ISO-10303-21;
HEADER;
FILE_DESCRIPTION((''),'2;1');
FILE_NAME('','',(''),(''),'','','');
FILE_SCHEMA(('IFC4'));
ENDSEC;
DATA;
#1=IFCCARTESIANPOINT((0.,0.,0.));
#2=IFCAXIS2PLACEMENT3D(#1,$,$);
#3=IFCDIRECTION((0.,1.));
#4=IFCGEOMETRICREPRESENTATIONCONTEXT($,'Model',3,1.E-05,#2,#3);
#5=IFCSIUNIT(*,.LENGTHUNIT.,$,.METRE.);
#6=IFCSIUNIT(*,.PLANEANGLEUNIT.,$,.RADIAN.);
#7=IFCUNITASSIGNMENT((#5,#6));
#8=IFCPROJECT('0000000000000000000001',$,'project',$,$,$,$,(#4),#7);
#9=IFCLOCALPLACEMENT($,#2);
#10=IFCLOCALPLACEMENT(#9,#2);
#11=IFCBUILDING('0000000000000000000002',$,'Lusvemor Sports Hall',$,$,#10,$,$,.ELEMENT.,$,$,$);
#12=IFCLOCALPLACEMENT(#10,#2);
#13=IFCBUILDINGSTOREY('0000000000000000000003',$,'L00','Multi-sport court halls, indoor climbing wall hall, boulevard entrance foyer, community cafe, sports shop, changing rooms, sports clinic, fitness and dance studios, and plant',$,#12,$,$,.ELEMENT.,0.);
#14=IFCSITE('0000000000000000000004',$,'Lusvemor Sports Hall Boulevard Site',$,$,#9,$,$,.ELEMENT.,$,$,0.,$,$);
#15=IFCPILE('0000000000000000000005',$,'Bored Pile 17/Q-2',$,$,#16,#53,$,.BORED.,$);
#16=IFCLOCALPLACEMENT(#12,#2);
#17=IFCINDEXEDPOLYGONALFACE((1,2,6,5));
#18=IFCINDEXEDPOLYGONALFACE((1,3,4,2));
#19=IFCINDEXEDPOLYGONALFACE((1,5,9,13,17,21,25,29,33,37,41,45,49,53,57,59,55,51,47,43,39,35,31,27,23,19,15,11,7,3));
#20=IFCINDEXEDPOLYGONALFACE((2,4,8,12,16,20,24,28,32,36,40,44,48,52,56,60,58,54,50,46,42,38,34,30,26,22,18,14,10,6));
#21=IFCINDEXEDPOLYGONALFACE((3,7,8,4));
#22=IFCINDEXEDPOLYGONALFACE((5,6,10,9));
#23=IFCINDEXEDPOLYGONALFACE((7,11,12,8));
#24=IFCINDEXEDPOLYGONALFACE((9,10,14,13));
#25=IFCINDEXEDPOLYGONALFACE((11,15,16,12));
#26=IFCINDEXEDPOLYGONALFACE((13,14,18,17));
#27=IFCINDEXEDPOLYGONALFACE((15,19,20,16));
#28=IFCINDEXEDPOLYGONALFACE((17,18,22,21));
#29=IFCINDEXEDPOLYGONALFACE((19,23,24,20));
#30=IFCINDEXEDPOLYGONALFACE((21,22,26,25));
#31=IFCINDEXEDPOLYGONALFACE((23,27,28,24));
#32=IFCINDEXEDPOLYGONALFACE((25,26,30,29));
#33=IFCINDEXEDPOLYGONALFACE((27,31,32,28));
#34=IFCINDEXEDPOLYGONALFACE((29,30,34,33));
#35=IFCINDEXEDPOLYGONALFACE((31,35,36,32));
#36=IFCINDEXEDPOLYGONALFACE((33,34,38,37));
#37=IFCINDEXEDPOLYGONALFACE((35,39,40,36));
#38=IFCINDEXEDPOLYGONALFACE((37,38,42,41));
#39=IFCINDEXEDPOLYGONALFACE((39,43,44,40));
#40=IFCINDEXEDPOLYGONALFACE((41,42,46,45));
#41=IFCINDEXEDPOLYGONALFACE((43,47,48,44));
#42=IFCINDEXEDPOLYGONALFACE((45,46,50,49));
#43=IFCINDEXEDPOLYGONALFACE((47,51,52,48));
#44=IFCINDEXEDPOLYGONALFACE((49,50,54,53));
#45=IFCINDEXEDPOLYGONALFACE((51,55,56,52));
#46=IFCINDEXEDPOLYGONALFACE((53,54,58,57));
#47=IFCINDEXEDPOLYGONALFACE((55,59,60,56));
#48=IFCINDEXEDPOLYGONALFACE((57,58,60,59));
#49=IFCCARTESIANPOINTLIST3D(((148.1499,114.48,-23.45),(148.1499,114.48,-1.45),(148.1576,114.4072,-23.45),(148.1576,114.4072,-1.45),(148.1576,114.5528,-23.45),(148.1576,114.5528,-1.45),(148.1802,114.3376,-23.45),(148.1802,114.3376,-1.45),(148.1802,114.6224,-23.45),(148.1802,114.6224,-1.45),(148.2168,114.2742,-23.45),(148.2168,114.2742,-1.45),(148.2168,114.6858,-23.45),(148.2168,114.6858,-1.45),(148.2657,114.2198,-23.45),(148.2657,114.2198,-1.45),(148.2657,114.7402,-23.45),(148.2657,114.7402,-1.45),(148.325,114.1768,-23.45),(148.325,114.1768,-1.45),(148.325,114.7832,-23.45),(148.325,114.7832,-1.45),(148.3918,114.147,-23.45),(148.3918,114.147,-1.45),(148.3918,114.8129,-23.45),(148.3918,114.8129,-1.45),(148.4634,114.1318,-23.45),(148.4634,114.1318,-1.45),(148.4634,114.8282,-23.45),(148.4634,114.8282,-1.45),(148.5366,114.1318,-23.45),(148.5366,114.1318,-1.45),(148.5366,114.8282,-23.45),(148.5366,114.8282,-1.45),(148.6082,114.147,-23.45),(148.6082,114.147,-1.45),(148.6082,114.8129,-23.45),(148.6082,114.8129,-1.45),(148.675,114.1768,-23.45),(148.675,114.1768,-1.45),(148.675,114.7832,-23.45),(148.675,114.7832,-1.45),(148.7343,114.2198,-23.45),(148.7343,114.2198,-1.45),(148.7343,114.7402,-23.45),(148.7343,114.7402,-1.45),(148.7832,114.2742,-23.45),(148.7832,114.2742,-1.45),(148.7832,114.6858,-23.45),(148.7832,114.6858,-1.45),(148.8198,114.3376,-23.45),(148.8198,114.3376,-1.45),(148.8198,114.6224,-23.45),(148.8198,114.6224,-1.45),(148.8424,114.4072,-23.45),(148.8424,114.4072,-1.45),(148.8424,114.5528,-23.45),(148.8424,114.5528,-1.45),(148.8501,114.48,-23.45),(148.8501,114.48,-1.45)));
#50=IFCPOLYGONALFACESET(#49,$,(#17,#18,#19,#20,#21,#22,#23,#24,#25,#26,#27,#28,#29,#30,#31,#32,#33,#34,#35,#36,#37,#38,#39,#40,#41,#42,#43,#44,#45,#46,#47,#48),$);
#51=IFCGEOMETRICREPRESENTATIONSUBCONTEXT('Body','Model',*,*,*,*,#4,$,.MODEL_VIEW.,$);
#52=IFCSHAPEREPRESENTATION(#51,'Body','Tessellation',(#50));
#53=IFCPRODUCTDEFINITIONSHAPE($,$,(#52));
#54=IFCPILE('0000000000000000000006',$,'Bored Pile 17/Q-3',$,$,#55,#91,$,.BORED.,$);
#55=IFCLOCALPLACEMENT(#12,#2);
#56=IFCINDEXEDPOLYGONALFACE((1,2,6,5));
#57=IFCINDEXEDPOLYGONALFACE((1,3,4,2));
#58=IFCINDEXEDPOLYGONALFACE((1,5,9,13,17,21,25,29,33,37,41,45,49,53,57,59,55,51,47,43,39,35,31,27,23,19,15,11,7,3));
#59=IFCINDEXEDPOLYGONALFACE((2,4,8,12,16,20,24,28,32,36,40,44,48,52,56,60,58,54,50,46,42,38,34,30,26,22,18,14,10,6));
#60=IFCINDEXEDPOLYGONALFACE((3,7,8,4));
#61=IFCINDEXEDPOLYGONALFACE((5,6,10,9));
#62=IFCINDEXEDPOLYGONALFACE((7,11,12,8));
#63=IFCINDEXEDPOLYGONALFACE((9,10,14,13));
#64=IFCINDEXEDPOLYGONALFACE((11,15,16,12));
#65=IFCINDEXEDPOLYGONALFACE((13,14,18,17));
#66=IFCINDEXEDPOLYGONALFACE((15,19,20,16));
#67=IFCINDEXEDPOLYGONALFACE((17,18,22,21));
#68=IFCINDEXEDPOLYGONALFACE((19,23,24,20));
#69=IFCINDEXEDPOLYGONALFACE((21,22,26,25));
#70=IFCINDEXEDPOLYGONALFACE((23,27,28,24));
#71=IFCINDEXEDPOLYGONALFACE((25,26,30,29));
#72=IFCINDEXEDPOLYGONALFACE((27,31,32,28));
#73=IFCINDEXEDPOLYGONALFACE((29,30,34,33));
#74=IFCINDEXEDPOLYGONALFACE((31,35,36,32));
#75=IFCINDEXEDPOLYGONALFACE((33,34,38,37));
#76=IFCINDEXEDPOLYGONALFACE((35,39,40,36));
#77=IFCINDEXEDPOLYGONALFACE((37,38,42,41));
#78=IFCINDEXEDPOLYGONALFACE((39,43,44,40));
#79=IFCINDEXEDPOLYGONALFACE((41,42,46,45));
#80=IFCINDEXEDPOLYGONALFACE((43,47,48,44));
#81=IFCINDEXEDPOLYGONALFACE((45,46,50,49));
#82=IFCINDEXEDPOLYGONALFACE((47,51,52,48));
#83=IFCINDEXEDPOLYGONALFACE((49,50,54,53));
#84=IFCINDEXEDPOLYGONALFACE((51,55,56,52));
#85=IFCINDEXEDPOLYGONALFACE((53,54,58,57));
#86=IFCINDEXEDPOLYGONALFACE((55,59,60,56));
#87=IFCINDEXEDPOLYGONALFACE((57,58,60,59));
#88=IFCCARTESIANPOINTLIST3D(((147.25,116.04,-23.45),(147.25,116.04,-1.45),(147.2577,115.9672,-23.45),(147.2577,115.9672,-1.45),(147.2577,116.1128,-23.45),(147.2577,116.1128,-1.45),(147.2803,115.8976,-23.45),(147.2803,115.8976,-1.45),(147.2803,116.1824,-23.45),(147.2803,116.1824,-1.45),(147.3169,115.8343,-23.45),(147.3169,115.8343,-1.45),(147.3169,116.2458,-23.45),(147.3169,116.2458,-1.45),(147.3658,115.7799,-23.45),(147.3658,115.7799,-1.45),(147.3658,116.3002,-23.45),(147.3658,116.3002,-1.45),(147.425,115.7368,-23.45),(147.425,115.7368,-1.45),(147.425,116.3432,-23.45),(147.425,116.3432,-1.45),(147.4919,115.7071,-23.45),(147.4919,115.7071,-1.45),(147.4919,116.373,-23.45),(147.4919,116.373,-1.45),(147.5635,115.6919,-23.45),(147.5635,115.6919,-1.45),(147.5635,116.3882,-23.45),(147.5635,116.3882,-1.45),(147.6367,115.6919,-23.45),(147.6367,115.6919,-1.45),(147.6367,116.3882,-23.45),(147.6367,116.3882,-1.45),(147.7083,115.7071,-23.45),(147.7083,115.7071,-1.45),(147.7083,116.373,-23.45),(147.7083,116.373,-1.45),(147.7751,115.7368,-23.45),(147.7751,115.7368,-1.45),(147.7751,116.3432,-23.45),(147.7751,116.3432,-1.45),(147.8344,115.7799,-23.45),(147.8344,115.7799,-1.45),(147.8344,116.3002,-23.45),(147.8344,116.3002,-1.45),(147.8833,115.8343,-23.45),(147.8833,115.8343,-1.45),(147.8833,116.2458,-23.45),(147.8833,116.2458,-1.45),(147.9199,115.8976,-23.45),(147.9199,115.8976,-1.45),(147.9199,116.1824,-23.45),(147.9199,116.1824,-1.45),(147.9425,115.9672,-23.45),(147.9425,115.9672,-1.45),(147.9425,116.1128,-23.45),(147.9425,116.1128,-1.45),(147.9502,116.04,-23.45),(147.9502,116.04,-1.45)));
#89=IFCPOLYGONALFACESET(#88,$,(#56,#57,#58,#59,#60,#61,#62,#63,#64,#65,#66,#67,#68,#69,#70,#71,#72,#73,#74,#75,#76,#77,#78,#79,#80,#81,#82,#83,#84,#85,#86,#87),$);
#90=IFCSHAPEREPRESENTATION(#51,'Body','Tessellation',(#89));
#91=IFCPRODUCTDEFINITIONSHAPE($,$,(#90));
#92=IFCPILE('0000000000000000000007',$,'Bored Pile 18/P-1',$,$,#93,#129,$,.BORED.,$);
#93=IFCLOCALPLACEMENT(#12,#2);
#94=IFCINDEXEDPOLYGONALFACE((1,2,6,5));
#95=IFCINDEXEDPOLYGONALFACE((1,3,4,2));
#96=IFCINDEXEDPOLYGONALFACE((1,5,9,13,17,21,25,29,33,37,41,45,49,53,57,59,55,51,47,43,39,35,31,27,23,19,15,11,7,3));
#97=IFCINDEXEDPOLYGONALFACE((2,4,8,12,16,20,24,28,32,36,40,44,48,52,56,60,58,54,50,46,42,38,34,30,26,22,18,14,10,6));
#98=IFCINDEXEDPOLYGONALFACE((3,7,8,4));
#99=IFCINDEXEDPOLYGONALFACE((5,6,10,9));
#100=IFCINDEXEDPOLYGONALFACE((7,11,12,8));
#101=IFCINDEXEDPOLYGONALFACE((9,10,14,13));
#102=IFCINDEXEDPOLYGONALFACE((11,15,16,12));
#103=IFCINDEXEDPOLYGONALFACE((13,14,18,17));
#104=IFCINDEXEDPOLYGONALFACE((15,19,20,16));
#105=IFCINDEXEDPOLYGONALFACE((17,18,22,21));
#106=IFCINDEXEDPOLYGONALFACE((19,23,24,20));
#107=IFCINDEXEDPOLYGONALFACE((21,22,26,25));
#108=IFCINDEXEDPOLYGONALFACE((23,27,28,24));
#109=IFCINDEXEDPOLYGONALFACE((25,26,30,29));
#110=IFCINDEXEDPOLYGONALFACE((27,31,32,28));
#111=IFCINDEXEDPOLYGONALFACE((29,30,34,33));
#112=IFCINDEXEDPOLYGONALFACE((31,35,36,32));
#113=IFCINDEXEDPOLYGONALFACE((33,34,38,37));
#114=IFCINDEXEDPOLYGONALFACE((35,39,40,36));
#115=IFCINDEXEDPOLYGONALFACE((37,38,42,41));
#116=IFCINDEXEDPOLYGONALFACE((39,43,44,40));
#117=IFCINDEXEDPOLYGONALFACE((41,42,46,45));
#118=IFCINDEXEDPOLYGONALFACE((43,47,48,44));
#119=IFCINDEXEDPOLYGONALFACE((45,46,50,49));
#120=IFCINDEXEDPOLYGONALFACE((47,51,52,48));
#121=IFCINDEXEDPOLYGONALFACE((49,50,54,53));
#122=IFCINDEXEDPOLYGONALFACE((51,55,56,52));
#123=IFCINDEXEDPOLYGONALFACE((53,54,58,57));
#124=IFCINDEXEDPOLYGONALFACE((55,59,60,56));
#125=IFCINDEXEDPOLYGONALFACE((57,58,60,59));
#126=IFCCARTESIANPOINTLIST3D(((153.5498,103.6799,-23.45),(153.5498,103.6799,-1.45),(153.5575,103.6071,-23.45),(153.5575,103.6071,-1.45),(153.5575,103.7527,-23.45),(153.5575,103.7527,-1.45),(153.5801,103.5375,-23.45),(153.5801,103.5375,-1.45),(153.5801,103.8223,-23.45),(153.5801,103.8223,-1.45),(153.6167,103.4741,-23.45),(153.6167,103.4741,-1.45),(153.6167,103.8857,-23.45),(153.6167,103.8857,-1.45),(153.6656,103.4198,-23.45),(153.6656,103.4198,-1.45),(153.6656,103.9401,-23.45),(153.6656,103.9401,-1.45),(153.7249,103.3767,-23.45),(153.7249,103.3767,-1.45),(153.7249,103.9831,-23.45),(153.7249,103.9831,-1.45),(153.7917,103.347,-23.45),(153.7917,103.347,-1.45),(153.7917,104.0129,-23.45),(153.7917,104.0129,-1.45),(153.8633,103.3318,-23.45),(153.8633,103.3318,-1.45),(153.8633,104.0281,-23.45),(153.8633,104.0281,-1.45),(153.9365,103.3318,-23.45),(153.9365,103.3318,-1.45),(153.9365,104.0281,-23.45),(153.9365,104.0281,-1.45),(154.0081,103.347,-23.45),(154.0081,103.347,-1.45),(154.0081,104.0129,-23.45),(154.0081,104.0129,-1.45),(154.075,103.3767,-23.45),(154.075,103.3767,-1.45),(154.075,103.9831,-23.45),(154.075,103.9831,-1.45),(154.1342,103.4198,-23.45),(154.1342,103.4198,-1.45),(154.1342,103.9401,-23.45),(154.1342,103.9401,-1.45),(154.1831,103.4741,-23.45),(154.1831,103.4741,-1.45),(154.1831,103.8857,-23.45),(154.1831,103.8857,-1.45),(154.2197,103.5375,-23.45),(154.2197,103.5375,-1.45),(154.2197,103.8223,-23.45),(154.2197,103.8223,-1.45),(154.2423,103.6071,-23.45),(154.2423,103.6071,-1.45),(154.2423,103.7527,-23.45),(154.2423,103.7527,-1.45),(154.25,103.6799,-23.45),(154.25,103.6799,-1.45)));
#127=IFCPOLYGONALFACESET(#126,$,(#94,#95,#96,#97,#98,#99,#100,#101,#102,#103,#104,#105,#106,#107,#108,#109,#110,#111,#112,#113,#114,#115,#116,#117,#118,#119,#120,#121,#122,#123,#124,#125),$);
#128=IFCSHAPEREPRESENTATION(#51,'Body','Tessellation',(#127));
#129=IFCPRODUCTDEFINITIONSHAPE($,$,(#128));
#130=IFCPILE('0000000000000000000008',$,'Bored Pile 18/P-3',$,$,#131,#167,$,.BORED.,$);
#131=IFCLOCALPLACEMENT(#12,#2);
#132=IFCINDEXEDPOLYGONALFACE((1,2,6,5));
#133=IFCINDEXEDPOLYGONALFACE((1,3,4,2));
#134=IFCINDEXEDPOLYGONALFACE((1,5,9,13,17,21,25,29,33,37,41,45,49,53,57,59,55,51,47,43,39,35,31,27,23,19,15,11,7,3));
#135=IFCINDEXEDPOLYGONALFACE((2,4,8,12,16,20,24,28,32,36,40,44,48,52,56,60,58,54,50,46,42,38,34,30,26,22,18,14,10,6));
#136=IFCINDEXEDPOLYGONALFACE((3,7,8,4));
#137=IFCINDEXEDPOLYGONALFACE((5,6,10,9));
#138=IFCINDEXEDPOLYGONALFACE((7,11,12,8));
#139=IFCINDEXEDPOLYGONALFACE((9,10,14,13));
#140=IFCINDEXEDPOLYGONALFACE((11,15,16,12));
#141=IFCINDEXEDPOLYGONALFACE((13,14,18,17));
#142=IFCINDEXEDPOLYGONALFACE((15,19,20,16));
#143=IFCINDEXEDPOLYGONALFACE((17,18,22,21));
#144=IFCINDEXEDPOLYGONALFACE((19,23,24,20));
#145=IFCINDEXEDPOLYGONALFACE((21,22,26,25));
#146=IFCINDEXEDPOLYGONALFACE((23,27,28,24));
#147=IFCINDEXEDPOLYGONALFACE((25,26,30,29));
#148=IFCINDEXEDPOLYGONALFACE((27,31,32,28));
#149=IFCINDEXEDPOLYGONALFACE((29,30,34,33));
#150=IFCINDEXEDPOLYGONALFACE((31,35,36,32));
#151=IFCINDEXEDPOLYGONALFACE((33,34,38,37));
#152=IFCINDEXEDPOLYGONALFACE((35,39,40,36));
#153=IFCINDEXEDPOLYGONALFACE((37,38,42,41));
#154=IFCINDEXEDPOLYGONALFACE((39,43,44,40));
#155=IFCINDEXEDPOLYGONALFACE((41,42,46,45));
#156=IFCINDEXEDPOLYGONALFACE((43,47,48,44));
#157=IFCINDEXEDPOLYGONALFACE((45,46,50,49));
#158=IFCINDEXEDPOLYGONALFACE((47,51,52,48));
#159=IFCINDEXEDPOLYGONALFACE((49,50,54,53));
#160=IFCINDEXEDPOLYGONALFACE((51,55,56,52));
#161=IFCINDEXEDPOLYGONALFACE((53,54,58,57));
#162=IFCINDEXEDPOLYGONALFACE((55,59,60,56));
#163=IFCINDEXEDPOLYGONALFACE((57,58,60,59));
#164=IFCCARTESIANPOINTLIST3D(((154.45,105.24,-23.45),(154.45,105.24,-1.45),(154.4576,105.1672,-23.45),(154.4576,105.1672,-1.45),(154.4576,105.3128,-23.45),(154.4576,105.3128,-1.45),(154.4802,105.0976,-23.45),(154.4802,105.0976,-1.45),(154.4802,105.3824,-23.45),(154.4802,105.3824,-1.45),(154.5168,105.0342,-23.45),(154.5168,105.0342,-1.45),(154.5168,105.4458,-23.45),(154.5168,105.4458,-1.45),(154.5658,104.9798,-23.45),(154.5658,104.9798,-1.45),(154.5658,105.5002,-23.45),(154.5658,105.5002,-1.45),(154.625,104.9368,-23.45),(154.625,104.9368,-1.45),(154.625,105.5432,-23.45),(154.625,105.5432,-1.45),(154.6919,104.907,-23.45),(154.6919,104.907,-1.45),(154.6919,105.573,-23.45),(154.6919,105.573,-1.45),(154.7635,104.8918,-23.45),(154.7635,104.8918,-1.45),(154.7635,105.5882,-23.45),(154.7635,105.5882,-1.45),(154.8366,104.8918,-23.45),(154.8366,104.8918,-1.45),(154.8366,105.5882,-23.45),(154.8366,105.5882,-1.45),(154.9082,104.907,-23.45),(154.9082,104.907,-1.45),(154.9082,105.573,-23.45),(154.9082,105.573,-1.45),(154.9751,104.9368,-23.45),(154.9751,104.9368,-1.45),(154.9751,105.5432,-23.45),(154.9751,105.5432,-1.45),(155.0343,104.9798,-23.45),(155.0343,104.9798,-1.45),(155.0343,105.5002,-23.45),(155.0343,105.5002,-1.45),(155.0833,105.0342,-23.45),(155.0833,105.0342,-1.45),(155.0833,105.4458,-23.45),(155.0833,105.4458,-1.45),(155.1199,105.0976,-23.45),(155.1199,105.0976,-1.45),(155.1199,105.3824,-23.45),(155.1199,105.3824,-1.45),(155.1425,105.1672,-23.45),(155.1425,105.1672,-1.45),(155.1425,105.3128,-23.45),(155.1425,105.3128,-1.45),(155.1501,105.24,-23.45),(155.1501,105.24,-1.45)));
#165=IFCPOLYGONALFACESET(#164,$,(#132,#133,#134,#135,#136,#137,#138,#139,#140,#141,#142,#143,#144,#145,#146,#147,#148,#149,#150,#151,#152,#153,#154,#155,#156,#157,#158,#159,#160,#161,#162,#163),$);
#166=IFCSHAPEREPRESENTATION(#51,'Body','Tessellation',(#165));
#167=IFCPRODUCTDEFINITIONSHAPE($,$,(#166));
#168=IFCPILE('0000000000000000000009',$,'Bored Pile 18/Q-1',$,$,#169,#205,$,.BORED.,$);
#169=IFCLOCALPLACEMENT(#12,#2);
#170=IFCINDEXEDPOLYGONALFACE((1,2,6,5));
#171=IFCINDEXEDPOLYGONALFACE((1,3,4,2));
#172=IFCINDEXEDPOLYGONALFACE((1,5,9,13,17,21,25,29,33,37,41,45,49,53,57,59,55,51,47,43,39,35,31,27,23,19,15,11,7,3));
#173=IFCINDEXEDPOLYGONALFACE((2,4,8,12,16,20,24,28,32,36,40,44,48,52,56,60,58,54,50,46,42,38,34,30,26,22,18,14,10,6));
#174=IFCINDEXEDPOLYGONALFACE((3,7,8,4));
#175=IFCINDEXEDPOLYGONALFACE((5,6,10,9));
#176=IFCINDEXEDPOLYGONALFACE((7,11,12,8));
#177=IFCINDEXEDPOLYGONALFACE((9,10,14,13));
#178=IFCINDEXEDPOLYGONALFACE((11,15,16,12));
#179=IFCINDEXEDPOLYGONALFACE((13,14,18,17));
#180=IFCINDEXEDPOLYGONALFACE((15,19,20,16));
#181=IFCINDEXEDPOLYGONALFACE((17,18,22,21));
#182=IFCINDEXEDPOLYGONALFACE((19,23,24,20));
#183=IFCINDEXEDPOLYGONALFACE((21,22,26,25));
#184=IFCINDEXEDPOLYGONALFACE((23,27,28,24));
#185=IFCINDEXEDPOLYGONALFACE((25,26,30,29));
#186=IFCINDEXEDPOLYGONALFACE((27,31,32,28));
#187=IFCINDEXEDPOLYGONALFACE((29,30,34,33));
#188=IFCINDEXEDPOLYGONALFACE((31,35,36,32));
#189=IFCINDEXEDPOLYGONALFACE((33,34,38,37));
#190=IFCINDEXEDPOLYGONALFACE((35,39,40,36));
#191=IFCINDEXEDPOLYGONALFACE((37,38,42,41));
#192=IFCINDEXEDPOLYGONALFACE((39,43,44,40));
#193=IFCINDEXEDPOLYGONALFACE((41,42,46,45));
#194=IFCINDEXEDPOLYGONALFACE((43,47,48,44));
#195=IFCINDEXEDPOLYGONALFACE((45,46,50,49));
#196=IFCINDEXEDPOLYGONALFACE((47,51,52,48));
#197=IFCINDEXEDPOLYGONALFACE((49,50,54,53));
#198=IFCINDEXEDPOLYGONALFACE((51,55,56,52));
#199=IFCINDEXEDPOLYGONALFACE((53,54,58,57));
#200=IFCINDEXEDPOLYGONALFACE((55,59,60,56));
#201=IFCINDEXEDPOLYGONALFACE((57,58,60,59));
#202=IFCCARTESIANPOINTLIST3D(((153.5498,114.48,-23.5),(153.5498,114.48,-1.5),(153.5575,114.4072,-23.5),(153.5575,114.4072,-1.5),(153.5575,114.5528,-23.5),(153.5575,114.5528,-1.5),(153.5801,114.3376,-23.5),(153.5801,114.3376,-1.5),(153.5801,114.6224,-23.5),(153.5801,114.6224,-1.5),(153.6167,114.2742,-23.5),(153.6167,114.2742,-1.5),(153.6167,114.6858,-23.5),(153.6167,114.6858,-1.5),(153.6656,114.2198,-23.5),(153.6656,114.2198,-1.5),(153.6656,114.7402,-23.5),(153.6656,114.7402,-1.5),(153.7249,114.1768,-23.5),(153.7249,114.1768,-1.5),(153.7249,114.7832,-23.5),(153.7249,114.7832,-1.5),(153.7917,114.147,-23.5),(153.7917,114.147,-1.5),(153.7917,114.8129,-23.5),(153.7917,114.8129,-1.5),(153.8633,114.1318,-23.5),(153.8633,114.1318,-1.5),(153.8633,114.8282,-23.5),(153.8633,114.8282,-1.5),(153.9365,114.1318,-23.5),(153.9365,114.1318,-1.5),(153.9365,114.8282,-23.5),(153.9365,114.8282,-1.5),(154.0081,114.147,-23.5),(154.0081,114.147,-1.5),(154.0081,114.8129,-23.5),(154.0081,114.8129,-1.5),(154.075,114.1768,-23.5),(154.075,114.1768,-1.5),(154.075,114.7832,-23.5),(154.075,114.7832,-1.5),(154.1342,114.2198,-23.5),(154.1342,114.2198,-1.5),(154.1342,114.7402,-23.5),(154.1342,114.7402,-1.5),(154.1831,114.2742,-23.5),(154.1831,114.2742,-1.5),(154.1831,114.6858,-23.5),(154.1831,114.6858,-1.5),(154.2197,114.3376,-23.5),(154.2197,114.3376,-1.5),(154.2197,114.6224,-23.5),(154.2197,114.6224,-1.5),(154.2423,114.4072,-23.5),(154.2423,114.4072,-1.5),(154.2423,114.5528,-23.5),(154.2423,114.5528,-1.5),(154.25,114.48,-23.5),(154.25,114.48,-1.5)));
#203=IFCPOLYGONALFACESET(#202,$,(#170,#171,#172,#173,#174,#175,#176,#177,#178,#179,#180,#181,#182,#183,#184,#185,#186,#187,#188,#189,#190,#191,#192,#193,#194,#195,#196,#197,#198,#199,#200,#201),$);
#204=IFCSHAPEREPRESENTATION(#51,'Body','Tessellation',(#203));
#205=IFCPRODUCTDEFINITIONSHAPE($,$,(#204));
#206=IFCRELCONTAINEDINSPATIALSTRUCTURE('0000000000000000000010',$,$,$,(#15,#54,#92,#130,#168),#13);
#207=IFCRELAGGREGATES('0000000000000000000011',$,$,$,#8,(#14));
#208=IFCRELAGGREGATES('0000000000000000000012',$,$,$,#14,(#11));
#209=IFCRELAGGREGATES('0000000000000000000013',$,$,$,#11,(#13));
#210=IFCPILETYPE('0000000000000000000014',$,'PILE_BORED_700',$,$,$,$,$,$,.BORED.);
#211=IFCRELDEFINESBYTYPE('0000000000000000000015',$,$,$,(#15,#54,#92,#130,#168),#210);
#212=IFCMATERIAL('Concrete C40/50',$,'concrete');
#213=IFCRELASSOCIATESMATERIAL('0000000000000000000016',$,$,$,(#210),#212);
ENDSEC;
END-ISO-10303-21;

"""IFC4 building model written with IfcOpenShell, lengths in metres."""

from ifc_helpers import new_model, si_unit, direction, frame, origin, origin_2d, place, context, subcontext, project, spatial, circle, extrude, material, material_profile, profile_set, type_object, element, save


model = new_model("IFC4")

# Units and contexts
model_context = context("Model", 3, precision=1e-05, world=origin(), true_north=direction((0.0, 1.0)))
body_context = subcontext(model_context, "Body", "Model", "MODEL_VIEW")
ifc_project = project(units=[si_unit("LENGTHUNIT", "METRE"), si_unit("PLANEANGLEUNIT", "RADIAN")], contexts=[model_context])

# Site, building, storey
site_placement = place(None, origin())
site = spatial("IfcSite", under=ifc_project, at=site_placement, Name="Lusvemor Sports Hall Boulevard Site", CompositionType="ELEMENT", RefElevation=0.0)
building_placement = place(site_placement, origin())
building = spatial("IfcBuilding", under=site, at=building_placement, Name="Lusvemor Sports Hall", CompositionType="ELEMENT")
storey_placement = place(building_placement, origin())
storey = spatial("IfcBuildingStorey", under=building, at=storey_placement, Name="L00", Description="Multi-sport court halls, indoor climbing wall hall, boulevard entrance foyer, community cafe, sports shop, changing rooms, sports clinic, fitness and dance studios, and plant", CompositionType="ELEMENT", Elevation=0.0)

# Piles
ifc_material_1 = material(Name="Concrete C40/50", Category="concrete")
ifc_material_profile_1 = material_profile(ifc_material_1, circle(Radius=0.3501, at=origin_2d()), Name="PILE700")
ifc_profile_set_1 = profile_set([ifc_material_profile_1], Name="Concrete C40/50")
pile_type = type_object("IfcPileType", Name="PILE_BORED_700", PredefinedType="BORED", material=ifc_profile_set_1)
for number, where, z_axis, x_axis, name in (
    (1, (148.5, 114.48, -1.45), (0.0, 0.0, -1.0), (1.0, 0.0, 0.0), "Bored Pile 17/Q-2"),
    (2, (147.6001, 116.04, -1.45), (0.0, 0.0, -1.0), (1.0, 0.0, 0.0), "Bored Pile 17/Q-3"),
    (3, (153.8999, 103.6799, -1.45), (0.0, 0.0, -1.0), (1.0, 0.0, 0.0), "Bored Pile 18/P-1"),
    (4, (154.8, 105.24, -1.45), (0.0, 0.0, -1.0), (1.0, 0.0, 0.0), "Bored Pile 18/P-3"),
    (5, (153.8999, 114.48, -1.5), (0.0, 0.0, -1.0), (1.0, 0.0, 0.0), "Bored Pile 18/Q-1"),
):
    element("IfcPile", number, at=place(storey_placement, frame(where, z_axis=z_axis, x_axis=x_axis)), inside=storey, type_object=pile_type, Name=name, PredefinedType="BORED", context=body_context, shape_type="SweptSolid", body=[
        extrude(circle(Radius=0.3501, at=origin_2d()), origin(), (0.0, 0.0, 1.0), 22.0),
    ])

save(model, "model.ifc")
